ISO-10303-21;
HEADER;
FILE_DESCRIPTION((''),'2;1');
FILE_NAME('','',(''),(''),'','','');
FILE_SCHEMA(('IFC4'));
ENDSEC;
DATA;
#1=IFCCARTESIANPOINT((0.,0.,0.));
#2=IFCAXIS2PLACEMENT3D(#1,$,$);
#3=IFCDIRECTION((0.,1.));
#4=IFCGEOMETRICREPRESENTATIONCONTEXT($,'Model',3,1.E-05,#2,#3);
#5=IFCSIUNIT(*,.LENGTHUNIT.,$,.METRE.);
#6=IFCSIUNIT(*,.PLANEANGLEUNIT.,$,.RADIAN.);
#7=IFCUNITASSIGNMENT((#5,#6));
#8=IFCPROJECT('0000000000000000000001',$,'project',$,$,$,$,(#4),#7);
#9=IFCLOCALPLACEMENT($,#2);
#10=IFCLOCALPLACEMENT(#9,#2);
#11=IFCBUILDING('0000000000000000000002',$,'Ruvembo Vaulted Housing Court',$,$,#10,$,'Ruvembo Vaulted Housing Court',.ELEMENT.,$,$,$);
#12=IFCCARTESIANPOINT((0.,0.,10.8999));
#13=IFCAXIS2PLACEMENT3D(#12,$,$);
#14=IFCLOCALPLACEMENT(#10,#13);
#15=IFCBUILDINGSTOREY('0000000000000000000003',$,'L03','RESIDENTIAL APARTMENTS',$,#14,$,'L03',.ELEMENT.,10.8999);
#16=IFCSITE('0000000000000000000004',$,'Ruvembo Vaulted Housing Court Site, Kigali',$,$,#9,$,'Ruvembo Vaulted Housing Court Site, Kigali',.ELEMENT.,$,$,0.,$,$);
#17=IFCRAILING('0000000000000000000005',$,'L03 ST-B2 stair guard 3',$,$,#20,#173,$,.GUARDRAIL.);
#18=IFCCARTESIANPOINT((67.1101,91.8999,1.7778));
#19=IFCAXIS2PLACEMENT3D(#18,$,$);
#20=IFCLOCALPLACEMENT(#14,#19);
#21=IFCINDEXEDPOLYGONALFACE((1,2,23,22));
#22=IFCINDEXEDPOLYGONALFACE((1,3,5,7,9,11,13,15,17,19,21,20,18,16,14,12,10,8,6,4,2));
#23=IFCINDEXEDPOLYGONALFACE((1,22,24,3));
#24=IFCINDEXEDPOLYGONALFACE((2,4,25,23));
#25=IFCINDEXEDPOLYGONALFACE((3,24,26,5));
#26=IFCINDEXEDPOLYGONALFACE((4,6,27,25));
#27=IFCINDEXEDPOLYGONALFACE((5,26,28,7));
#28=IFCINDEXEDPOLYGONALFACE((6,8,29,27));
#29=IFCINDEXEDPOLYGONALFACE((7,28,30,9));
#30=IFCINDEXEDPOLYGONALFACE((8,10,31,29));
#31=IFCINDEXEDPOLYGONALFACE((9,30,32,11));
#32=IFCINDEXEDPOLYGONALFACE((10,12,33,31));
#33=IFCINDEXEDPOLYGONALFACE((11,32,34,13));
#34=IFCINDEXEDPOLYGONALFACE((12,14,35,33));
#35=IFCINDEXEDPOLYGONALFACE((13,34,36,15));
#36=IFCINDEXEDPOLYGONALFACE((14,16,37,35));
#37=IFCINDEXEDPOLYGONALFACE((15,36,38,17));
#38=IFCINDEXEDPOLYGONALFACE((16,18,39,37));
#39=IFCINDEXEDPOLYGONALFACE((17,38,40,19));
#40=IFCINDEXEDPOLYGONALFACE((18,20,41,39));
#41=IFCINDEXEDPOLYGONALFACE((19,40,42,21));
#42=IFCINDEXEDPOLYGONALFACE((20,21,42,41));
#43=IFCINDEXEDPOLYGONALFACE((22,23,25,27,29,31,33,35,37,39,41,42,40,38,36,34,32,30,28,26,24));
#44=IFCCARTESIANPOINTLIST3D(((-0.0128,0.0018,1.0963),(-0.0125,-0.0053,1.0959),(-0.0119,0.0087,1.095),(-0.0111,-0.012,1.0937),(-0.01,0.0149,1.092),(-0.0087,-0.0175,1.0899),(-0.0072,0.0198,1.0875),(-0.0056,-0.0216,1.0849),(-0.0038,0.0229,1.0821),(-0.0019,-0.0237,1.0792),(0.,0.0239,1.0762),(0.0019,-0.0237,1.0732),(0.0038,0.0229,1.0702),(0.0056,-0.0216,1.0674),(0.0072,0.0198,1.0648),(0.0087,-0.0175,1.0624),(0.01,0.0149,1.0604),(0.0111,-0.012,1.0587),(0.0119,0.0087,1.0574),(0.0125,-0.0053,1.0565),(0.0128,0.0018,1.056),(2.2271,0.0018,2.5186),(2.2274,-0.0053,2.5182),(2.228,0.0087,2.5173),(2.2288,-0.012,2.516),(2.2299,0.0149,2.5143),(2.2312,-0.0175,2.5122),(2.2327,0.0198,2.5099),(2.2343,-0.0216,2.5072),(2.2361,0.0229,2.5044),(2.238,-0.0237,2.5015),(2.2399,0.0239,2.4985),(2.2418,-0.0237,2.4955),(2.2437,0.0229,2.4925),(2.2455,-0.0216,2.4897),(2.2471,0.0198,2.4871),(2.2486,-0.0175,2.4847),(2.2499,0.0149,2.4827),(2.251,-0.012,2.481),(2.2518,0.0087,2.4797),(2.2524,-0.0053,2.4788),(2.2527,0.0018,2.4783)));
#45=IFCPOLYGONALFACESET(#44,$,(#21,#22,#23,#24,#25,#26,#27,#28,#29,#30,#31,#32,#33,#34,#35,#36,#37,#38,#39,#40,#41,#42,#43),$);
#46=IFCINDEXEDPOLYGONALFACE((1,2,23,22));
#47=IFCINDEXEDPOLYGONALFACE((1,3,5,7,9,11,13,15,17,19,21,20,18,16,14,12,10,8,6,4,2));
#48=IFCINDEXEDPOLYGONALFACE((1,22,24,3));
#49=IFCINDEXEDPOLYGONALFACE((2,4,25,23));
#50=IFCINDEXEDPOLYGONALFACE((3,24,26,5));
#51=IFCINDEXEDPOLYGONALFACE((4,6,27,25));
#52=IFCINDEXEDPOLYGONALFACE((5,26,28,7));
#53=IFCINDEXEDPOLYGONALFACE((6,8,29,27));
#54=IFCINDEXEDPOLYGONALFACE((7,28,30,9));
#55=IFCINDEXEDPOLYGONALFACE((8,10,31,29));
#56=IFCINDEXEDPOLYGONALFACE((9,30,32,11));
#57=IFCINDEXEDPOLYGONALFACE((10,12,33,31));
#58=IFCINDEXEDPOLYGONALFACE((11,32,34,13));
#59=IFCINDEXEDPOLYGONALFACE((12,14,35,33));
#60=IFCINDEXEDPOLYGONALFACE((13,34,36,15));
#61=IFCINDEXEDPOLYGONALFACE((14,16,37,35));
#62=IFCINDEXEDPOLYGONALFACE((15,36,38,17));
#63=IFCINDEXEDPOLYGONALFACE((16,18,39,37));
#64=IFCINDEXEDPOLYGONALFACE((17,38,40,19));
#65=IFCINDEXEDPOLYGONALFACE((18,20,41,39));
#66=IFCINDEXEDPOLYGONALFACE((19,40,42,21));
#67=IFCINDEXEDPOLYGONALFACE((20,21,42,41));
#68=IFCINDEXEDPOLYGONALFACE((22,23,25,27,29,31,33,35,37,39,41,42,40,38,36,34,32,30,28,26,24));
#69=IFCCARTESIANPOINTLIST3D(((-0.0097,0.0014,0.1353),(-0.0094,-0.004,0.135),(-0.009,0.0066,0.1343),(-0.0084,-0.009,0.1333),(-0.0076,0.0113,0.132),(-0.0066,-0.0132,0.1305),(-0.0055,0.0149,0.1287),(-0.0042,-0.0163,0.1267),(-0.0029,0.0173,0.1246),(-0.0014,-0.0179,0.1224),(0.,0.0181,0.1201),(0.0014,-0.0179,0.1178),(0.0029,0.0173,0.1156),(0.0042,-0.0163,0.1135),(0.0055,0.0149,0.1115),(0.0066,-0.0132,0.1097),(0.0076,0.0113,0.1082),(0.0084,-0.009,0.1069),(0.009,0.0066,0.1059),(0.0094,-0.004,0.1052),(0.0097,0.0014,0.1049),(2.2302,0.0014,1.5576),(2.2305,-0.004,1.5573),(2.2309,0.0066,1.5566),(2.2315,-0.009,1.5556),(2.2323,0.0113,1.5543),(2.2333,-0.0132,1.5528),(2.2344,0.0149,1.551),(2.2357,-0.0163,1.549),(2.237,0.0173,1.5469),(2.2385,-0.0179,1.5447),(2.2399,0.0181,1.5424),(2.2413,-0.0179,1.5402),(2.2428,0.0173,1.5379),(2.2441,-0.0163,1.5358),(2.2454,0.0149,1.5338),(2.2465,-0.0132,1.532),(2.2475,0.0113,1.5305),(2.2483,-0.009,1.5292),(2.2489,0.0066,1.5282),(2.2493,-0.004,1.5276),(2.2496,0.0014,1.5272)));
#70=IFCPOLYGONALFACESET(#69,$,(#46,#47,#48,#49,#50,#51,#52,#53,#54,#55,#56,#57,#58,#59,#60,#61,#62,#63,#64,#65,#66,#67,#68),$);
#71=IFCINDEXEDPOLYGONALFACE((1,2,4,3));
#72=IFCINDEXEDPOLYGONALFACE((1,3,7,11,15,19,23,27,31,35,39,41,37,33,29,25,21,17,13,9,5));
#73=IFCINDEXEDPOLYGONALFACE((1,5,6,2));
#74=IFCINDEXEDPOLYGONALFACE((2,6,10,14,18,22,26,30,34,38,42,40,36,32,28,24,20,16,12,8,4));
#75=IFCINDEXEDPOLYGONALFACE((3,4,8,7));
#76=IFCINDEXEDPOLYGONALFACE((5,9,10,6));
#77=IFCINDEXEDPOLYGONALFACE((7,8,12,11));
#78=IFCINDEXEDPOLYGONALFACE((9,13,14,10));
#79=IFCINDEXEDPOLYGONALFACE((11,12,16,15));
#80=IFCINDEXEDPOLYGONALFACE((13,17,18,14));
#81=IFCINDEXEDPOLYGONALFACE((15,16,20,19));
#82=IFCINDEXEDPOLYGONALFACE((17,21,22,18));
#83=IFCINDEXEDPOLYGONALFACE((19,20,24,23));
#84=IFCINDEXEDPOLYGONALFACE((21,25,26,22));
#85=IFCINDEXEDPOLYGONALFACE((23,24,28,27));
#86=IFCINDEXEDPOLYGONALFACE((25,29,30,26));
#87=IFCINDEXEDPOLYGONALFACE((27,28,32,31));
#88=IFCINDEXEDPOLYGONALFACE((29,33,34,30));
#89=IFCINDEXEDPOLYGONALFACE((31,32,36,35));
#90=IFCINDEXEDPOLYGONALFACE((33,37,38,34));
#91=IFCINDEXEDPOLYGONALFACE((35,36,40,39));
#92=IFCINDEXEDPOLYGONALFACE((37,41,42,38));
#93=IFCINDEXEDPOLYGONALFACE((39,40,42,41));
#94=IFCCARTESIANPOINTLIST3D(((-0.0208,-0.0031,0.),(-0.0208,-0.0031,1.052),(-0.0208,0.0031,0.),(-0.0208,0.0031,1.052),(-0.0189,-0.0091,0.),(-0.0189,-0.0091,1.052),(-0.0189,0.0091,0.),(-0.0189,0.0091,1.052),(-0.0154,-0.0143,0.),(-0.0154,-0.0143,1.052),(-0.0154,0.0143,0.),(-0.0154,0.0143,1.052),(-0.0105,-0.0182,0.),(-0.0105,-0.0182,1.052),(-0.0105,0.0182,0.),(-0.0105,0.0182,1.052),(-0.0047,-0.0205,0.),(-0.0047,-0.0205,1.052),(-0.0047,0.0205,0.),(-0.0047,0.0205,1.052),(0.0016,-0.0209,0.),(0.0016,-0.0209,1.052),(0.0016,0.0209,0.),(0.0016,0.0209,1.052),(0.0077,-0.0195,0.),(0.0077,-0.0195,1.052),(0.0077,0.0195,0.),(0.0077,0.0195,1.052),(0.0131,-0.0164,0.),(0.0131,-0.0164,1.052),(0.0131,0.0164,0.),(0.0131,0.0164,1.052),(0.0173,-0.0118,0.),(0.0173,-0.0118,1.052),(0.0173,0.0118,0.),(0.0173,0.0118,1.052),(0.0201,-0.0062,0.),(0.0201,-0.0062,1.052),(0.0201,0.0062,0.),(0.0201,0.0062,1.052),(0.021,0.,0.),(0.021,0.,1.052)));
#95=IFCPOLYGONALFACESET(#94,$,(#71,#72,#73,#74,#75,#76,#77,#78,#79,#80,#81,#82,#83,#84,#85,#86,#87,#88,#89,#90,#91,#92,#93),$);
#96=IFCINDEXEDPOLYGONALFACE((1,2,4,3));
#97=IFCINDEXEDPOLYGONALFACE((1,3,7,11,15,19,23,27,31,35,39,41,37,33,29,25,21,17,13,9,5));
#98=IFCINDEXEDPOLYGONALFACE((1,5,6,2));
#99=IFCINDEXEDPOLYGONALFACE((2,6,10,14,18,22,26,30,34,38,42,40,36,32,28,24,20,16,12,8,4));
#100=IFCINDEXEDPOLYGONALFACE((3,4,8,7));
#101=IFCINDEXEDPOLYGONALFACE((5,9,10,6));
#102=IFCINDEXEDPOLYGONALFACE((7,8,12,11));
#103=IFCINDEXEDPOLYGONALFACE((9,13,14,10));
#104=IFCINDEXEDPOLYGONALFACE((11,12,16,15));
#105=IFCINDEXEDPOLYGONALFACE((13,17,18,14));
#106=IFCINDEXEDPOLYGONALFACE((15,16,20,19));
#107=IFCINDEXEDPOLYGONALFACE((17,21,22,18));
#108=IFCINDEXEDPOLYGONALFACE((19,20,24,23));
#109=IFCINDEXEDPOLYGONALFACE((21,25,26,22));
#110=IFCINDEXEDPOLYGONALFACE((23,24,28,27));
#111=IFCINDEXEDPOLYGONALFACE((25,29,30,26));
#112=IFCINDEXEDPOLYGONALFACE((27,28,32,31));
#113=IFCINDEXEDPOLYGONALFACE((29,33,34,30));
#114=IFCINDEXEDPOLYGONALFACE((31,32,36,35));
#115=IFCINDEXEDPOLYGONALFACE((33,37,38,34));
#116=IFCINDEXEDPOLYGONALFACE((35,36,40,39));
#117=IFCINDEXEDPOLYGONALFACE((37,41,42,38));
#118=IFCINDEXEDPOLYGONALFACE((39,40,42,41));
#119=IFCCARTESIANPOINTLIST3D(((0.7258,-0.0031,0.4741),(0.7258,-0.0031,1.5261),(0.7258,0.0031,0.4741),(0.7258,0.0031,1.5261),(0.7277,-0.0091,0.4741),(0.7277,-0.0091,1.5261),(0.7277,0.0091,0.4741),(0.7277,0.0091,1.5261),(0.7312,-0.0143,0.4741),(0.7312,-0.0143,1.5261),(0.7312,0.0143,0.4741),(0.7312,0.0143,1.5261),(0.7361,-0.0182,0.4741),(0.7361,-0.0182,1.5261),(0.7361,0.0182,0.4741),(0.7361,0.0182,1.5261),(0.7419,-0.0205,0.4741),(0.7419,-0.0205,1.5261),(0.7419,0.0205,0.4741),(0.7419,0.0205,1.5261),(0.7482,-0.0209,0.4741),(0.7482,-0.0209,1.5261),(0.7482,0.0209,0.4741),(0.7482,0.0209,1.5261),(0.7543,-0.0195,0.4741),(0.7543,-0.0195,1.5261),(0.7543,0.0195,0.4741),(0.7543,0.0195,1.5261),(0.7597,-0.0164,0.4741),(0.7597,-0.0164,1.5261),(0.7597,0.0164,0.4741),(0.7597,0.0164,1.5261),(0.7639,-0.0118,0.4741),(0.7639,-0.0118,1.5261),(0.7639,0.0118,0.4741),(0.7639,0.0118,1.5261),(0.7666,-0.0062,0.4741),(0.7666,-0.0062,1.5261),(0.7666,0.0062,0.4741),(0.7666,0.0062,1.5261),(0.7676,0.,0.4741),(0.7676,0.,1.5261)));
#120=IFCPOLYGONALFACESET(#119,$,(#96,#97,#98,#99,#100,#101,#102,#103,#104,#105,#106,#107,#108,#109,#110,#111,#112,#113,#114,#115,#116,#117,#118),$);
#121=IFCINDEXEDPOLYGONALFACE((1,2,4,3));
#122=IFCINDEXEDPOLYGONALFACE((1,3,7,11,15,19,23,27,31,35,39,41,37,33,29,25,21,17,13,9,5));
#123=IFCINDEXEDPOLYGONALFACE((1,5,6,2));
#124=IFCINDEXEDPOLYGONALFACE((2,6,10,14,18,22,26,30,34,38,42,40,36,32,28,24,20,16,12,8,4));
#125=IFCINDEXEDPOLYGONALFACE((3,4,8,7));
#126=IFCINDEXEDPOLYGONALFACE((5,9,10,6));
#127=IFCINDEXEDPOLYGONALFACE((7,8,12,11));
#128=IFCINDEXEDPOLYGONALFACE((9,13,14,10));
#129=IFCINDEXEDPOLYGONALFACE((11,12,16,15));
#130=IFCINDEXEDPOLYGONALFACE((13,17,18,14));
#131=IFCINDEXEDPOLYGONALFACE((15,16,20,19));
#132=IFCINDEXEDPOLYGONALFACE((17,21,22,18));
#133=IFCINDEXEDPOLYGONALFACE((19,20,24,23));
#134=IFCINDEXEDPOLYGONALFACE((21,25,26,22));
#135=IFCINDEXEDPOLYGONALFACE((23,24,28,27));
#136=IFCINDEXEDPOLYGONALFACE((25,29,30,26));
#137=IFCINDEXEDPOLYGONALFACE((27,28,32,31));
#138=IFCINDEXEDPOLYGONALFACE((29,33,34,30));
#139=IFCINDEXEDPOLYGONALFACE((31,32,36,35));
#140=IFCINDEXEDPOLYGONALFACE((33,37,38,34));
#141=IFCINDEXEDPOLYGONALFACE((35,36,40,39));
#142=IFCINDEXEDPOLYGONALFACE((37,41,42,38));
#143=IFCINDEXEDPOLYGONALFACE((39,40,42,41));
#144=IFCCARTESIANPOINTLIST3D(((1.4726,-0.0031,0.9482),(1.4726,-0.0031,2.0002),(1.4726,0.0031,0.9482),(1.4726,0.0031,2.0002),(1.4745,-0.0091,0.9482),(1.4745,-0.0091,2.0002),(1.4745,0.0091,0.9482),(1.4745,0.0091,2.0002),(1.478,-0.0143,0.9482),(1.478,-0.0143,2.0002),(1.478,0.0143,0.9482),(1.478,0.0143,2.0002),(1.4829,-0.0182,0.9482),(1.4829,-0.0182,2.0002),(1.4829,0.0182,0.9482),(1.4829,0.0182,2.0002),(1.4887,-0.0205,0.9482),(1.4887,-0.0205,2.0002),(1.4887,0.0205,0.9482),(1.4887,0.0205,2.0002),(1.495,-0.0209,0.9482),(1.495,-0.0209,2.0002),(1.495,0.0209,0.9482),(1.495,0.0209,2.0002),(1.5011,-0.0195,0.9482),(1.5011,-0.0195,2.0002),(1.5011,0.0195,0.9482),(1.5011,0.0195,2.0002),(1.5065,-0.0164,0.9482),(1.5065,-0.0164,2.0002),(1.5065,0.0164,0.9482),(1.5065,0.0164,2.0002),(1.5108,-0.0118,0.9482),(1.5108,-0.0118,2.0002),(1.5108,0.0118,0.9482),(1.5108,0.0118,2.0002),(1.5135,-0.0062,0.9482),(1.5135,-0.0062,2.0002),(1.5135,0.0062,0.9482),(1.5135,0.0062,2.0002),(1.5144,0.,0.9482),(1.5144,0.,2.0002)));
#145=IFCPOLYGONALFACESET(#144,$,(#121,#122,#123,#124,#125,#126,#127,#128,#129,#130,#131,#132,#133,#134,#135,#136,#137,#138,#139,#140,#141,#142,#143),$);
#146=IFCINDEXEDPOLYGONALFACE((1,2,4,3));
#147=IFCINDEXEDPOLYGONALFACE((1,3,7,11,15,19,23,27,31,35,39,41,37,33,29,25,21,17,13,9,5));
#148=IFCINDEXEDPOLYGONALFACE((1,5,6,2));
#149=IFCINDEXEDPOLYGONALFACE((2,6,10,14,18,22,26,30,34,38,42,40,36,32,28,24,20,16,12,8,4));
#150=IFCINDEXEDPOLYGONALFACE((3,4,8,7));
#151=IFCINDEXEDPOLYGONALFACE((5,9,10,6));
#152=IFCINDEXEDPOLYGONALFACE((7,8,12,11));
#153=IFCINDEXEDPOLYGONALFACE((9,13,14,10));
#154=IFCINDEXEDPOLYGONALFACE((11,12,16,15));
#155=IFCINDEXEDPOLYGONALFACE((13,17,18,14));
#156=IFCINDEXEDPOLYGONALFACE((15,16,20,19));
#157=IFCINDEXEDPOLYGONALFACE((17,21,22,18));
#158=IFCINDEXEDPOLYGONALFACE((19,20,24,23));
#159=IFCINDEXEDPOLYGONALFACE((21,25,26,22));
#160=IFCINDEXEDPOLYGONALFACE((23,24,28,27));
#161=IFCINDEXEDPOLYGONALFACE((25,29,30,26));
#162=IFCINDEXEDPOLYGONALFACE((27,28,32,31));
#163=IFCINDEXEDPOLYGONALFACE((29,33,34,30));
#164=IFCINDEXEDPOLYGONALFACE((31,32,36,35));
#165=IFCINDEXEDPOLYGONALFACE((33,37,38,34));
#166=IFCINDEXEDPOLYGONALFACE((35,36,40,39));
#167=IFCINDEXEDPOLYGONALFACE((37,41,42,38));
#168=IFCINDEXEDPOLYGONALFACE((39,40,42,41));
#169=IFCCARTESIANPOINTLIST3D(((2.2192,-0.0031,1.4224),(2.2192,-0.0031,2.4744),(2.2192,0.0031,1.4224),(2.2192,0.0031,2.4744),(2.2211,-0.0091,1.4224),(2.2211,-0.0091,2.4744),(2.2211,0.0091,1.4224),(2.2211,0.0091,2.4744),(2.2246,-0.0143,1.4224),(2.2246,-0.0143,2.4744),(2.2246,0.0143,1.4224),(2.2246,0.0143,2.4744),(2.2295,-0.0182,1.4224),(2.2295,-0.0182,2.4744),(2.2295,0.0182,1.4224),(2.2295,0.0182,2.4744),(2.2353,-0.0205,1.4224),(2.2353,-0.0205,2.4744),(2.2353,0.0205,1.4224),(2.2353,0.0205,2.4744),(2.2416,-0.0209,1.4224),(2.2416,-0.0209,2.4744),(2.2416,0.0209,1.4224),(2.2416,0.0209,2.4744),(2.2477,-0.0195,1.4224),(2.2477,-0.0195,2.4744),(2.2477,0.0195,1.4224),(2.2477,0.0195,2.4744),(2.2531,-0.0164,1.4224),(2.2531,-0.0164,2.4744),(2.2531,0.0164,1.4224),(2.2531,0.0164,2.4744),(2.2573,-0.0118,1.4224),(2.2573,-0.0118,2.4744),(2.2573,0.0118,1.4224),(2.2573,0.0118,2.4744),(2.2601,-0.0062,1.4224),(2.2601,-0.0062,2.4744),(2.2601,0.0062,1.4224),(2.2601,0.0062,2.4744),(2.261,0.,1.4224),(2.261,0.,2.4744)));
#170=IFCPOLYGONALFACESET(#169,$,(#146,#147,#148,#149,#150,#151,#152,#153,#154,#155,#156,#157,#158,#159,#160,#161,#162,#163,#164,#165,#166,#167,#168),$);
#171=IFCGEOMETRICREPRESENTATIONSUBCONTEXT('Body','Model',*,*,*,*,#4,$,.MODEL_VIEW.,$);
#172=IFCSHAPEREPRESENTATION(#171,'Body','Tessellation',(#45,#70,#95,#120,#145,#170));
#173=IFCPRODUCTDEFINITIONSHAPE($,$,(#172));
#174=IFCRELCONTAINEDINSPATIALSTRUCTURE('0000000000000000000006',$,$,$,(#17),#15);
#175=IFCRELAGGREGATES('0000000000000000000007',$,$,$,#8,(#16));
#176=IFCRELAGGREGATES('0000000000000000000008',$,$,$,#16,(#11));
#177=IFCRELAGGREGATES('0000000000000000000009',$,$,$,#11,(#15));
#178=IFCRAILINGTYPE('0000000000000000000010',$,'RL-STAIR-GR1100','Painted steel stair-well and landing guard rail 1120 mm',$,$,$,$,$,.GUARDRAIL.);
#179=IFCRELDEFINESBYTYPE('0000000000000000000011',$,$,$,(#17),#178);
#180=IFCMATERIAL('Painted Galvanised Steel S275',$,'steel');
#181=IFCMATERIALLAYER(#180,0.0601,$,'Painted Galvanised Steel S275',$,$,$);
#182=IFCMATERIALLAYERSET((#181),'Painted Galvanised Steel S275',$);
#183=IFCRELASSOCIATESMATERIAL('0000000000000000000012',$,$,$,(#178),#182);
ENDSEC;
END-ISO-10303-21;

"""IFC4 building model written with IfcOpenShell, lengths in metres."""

from ifc_helpers import new_model, si_unit, direction, frame, origin, origin_2d, place, context, subcontext, project, spatial, circle, extrude, material, layer, layer_set, type_object, element, save


model = new_model("IFC4")

# Units and contexts
model_context = context("Model", 3, precision=1e-05, world=origin(), true_north=direction((0.0, 1.0)))
body_context = subcontext(model_context, "Body", "Model", "MODEL_VIEW")
ifc_project = project(units=[si_unit("LENGTHUNIT", "METRE"), si_unit("PLANEANGLEUNIT", "RADIAN")], contexts=[model_context])

# Site, building, storey
site_placement = place(None, origin())
site = spatial("IfcSite", under=ifc_project, at=site_placement, Name="Ruvembo Vaulted Housing Court Site, Kigali", LongName="Ruvembo Vaulted Housing Court Site, Kigali", CompositionType="ELEMENT", RefElevation=0.0)
building_placement = place(site_placement, origin())
building = spatial("IfcBuilding", under=site, at=building_placement, Name="Ruvembo Vaulted Housing Court", LongName="Ruvembo Vaulted Housing Court", CompositionType="ELEMENT")
storey_placement = place(building_placement, frame((0.0, 0.0, 10.8999)))
storey = spatial("IfcBuildingStorey", under=building, at=storey_placement, Name="L03", Description="RESIDENTIAL APARTMENTS", LongName="L03", CompositionType="ELEMENT", Elevation=10.8999)

# Railing
ifc_material_1 = material(Name="Painted Galvanised Steel S275", Category="steel")
ifc_layer_1 = layer(ifc_material_1, 0.0601, Name="Painted Galvanised Steel S275")
ifc_layer_set_1 = layer_set([ifc_layer_1], Name="Painted Galvanised Steel S275")
railing_type_1 = type_object("IfcRailingType", Name="RL-STAIR-GR1100", Description="Painted steel stair-well and landing guard rail 1120 mm", PredefinedType="GUARDRAIL", material=ifc_layer_set_1)
railing_1_placement = place(storey_placement, frame((67.1101, 91.8999, 1.7778)))
element("IfcRailing", 1, at=railing_1_placement, inside=storey, type_object=railing_type_1, Name="L03 ST-B2 stair guard 3", PredefinedType="GUARDRAIL", context=body_context, shape_type="SweptSolid", body=[
    extrude(circle(Radius=0.0239, at=origin_2d()), frame((0.0, 0.0, 1.0762), z_axis=(0.844188, 0.0, 0.536048), x_axis=(0.0, 1.0, 0.0)), (0.0, 0.0, 1.0), 2.6533),
    extrude(circle(Radius=0.0181, at=origin_2d()), frame((0.0, 0.0, 0.1201), z_axis=(0.844188, 0.0, 0.536048), x_axis=(0.0, 1.0, 0.0)), (0.0, 0.0, 1.0), 2.6533),
    extrude(circle(Radius=0.021, at=origin_2d()), origin(), (0.0, 0.0, 1.0), 1.052),
    extrude(circle(Radius=0.021, at=origin_2d()), frame((0.7466, 0.0, 0.4741)), (0.0, 0.0, 1.0), 1.052),
    extrude(circle(Radius=0.021, at=origin_2d()), frame((1.4934, 0.0, 0.9482)), (0.0, 0.0, 1.0), 1.052),
    extrude(circle(Radius=0.021, at=origin_2d()), frame((2.24, 0.0, 1.4224)), (0.0, 0.0, 1.0), 1.052),
])

save(model, "model.ifc")
